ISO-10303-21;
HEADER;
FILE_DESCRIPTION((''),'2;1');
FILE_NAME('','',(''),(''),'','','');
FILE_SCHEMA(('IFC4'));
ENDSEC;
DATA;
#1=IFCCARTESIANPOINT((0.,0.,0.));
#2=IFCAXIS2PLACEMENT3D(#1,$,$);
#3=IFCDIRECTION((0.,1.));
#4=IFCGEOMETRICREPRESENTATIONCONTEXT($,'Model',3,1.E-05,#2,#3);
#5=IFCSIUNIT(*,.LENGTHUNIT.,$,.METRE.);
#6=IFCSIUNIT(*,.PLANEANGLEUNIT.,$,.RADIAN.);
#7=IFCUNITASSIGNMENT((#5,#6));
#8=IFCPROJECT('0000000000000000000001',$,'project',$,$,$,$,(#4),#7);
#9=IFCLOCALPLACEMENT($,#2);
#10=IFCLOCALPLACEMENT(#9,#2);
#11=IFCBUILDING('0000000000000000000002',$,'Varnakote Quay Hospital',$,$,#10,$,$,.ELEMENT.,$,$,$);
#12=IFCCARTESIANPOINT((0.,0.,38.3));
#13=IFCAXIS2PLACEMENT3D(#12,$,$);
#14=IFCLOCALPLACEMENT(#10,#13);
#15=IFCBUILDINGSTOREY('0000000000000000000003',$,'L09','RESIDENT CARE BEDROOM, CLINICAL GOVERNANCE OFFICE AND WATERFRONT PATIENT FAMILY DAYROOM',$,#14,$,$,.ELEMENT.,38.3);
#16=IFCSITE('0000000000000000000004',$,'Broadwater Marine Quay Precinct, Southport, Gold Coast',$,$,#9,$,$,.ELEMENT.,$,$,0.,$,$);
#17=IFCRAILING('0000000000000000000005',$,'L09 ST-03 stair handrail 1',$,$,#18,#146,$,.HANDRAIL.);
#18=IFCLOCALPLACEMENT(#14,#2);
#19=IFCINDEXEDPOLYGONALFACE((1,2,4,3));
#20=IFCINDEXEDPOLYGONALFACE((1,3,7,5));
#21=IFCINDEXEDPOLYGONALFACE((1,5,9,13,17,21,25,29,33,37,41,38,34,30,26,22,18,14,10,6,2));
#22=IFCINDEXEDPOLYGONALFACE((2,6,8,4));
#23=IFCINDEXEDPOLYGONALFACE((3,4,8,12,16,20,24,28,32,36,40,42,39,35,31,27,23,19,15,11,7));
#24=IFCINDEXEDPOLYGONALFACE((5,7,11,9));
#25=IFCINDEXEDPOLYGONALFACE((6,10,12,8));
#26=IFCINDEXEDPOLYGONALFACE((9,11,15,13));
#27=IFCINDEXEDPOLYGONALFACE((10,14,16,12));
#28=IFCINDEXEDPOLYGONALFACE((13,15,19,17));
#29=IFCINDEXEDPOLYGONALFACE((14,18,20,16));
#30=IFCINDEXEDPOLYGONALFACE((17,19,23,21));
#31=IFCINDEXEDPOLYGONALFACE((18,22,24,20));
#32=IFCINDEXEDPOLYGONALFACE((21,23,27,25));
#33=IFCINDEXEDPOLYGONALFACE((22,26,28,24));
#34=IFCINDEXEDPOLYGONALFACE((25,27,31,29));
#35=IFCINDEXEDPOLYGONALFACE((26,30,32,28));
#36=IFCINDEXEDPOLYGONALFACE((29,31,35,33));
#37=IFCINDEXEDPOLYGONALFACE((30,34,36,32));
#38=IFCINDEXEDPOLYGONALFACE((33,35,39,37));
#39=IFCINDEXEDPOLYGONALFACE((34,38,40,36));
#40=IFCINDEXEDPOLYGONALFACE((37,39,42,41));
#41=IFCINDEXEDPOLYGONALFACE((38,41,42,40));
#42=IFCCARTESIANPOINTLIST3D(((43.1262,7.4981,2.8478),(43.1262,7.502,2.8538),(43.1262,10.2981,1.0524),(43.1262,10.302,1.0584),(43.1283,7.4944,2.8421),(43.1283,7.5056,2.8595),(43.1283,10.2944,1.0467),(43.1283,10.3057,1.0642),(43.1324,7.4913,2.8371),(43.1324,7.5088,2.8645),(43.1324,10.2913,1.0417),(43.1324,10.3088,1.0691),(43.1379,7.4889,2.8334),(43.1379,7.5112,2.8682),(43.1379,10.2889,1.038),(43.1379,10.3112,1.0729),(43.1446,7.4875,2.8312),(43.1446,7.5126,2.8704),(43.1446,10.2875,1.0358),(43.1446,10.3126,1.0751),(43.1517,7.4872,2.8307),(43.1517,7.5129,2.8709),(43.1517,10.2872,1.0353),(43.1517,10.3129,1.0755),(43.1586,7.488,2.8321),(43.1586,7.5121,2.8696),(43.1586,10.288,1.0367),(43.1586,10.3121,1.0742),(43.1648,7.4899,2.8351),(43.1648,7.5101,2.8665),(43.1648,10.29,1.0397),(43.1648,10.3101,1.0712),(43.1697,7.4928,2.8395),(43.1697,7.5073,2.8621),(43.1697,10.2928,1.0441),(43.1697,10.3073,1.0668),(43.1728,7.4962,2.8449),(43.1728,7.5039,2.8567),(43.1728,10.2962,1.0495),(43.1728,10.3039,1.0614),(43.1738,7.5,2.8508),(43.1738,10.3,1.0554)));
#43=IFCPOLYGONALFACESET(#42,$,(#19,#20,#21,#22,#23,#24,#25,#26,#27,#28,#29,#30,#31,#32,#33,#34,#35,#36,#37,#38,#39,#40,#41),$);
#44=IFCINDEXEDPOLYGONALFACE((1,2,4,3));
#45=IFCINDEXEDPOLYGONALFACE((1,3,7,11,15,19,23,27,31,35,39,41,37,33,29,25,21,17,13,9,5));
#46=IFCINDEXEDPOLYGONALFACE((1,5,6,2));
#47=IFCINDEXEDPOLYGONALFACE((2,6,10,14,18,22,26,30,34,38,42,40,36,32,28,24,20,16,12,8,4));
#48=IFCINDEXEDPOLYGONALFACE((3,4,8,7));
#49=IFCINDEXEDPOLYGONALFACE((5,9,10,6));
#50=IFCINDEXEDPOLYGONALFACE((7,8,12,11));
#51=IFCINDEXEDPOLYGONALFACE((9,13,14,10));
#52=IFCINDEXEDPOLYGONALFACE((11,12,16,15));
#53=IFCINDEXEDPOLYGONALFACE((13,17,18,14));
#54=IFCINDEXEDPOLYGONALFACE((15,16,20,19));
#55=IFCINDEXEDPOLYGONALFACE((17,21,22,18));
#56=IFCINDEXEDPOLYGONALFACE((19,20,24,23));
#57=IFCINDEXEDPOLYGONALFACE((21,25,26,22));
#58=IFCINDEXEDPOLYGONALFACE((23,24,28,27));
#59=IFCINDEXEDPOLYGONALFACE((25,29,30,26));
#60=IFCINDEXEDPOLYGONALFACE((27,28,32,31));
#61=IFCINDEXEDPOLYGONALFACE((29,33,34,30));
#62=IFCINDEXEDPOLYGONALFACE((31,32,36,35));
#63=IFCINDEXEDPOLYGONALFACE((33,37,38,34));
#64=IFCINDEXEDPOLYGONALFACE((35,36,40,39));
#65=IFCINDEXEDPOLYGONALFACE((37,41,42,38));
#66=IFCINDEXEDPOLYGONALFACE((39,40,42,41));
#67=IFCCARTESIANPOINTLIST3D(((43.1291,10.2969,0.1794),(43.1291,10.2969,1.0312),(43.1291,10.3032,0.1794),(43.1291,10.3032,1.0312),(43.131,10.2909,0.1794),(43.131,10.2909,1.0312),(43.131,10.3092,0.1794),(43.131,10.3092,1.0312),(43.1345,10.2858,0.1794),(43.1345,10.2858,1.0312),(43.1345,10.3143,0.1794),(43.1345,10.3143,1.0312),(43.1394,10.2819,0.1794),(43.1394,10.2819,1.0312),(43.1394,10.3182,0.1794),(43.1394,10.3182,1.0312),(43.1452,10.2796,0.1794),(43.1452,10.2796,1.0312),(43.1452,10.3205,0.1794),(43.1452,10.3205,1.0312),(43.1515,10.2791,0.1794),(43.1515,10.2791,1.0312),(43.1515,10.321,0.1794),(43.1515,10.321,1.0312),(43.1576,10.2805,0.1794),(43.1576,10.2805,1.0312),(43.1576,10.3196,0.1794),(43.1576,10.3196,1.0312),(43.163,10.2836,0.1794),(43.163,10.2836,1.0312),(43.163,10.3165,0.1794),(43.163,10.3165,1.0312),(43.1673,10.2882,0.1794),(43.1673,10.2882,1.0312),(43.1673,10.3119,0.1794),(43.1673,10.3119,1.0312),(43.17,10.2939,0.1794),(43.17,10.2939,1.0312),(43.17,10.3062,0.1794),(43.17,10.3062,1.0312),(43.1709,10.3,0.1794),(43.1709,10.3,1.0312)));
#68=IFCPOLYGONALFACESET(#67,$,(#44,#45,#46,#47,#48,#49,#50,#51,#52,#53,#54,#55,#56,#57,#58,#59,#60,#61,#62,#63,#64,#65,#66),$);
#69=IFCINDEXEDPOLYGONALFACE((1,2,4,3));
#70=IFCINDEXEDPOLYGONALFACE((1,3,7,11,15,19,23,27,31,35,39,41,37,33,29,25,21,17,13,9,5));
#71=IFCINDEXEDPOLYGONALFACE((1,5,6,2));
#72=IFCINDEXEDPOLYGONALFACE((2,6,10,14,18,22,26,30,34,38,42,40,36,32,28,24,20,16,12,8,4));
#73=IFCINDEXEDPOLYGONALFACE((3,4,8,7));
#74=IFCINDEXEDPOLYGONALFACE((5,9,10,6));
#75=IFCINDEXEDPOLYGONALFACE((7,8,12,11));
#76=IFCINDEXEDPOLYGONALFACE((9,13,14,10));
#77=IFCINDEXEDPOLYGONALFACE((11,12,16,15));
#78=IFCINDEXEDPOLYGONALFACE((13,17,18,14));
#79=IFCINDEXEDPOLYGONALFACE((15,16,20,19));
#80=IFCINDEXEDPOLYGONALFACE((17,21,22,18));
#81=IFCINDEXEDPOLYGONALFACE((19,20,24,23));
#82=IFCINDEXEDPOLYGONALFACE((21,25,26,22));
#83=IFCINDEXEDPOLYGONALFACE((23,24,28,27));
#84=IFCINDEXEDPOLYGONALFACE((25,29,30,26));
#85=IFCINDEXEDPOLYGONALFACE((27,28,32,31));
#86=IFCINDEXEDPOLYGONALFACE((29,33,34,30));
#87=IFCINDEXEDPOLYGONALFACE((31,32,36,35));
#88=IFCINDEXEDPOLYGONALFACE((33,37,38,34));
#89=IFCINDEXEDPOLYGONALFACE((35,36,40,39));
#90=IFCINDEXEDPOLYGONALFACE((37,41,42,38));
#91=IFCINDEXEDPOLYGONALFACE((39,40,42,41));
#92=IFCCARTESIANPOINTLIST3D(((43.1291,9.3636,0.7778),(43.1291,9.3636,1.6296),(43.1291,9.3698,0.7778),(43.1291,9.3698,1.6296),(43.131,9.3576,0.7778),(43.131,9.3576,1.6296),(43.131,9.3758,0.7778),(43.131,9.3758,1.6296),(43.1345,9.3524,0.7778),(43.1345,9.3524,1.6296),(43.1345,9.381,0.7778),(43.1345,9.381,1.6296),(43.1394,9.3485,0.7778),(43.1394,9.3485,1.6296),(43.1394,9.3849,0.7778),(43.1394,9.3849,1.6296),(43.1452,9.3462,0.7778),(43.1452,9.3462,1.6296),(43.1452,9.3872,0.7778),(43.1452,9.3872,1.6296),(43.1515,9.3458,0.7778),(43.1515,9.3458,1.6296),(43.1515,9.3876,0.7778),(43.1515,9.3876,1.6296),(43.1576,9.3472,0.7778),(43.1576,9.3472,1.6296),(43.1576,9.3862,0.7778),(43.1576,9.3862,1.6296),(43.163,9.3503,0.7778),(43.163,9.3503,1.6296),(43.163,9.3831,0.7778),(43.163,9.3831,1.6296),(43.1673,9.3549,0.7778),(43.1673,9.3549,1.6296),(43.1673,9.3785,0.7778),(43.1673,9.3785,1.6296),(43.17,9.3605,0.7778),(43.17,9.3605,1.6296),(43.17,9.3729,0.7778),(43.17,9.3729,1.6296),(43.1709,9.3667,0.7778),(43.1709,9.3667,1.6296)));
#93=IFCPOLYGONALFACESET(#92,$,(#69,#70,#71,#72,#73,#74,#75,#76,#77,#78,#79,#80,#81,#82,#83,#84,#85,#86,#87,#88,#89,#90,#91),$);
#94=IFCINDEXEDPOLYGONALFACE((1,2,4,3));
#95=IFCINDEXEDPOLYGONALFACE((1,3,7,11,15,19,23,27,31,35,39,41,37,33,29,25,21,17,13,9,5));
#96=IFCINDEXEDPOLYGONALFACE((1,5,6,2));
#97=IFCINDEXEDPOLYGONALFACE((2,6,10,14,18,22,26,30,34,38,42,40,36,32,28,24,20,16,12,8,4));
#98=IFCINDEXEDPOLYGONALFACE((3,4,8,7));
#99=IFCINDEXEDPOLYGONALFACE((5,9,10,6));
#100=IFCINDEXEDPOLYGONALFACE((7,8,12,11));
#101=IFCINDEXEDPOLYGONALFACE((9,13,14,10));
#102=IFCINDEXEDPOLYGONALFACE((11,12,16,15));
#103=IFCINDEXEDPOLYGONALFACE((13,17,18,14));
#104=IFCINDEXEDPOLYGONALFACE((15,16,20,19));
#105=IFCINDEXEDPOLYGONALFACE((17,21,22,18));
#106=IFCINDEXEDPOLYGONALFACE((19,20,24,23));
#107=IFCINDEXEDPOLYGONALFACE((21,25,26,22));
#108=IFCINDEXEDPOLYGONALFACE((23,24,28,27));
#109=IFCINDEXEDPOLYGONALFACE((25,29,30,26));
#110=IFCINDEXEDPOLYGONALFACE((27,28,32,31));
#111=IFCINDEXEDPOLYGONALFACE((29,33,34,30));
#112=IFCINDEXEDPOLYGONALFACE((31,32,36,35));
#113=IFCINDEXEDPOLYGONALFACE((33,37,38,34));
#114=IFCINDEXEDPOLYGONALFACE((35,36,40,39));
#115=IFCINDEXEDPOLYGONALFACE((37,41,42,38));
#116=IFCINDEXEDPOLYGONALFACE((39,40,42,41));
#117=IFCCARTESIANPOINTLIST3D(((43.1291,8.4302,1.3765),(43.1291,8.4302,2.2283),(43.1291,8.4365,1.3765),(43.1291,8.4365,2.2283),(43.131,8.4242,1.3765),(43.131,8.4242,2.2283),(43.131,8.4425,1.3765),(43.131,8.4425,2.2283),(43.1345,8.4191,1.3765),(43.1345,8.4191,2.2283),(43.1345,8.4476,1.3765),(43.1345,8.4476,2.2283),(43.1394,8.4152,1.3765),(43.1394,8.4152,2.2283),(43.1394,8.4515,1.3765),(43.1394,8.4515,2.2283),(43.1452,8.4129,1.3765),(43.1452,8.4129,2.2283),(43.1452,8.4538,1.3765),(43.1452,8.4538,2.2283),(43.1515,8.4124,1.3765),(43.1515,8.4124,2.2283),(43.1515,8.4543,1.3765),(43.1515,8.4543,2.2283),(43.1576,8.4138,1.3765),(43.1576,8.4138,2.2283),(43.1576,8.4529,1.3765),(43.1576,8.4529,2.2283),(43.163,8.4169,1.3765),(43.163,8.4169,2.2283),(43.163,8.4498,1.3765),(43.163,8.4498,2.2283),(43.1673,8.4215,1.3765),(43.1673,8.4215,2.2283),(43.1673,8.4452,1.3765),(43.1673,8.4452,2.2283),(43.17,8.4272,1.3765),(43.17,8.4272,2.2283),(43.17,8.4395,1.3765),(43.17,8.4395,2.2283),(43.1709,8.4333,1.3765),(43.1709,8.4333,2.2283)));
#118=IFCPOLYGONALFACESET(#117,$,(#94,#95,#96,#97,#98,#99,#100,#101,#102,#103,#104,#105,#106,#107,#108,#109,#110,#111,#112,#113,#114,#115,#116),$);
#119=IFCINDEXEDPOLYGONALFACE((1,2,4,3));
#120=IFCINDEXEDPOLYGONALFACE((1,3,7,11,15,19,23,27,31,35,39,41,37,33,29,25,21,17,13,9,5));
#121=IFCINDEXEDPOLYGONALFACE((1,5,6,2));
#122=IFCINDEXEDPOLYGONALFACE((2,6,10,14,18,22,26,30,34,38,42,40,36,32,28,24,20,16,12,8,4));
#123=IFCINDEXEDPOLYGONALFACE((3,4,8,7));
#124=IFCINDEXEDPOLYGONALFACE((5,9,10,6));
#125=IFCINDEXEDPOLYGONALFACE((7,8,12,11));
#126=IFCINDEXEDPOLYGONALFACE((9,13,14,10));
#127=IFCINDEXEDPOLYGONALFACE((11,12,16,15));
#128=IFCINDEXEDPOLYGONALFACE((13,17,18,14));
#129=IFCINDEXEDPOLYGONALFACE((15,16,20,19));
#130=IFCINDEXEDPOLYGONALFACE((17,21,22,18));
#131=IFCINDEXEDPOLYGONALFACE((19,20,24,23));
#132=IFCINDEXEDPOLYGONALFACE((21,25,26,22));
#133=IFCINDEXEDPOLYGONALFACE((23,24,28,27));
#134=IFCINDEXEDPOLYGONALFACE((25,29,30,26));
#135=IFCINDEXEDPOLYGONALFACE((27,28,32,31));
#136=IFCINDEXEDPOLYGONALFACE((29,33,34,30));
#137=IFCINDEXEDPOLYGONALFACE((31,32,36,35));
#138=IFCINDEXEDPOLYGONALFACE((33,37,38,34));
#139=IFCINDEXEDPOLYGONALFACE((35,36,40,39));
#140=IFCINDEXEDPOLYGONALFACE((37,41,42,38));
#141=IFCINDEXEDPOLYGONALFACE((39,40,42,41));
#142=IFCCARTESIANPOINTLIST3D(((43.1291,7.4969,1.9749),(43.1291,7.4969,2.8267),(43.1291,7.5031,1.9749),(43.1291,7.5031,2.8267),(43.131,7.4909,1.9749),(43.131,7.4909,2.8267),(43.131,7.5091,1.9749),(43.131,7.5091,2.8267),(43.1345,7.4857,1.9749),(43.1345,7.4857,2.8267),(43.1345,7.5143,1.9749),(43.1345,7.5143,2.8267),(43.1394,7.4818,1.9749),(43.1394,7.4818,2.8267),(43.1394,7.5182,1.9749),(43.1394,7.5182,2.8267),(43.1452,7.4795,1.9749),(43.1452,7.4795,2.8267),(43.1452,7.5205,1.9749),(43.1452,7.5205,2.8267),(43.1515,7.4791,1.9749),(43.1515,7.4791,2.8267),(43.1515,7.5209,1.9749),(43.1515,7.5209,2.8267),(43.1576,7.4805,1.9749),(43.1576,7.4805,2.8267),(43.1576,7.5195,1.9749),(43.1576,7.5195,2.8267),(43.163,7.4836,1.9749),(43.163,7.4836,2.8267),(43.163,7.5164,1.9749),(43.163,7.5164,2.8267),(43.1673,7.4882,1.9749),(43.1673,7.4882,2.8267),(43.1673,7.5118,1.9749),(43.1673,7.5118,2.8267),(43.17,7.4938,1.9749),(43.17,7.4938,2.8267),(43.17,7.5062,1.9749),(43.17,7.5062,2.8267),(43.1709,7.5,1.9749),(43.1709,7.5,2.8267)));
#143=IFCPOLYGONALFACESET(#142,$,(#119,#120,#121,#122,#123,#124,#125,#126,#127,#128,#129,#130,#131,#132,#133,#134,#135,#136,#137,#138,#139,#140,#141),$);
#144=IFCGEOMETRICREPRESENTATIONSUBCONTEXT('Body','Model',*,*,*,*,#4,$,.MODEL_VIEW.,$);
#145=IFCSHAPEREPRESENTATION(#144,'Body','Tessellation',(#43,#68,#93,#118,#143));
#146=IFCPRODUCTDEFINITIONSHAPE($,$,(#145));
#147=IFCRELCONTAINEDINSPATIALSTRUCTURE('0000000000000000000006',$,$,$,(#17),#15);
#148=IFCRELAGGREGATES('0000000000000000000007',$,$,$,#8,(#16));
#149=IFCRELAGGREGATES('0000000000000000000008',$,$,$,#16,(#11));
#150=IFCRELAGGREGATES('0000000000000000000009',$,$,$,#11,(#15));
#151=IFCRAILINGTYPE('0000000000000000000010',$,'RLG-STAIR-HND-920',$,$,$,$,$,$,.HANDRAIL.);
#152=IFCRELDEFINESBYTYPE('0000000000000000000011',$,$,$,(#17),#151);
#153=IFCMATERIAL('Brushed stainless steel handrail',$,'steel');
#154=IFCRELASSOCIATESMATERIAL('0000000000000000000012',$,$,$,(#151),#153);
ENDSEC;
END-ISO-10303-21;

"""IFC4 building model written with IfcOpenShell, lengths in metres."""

from ifc_helpers import new_model, si_unit, direction, frame, origin, origin_2d, place, context, subcontext, project, spatial, circle, extrude, material, type_object, element, save


model = new_model("IFC4")

# Units and contexts
model_context = context("Model", 3, precision=1e-05, world=origin(), true_north=direction((0.0, 1.0)))
body_context = subcontext(model_context, "Body", "Model", "MODEL_VIEW")
ifc_project = project(units=[si_unit("LENGTHUNIT", "METRE"), si_unit("PLANEANGLEUNIT", "RADIAN")], contexts=[model_context])

# Site, building, storey
site_placement = place(None, origin())
site = spatial("IfcSite", under=ifc_project, at=site_placement, Name="Broadwater Marine Quay Precinct, Southport, Gold Coast", CompositionType="ELEMENT", RefElevation=0.0)
building_placement = place(site_placement, origin())
building = spatial("IfcBuilding", under=site, at=building_placement, Name="Varnakote Quay Hospital", CompositionType="ELEMENT")
storey_placement = place(building_placement, frame((0.0, 0.0, 38.3)))
storey = spatial("IfcBuildingStorey", under=building, at=storey_placement, Name="L09", Description="RESIDENT CARE BEDROOM, CLINICAL GOVERNANCE OFFICE AND WATERFRONT PATIENT FAMILY DAYROOM", CompositionType="ELEMENT", Elevation=38.3)

# Railing
ifc_material_1 = material(Name="Brushed stainless steel handrail", Category="steel")
railing_type_1 = type_object("IfcRailingType", Name="RLG-STAIR-HND-920", PredefinedType="HANDRAIL", material=ifc_material_1)
railing_1_placement = place(storey_placement, frame((43.1499, 10.3, 0.1794)))
element("IfcRailing", 1, at=railing_1_placement, inside=storey, type_object=railing_type_1, Name="L09 ST-03 stair handrail 1", PredefinedType="HANDRAIL", context=body_context, shape_type="SweptSolid", body=[
    extrude(circle(Radius=0.0239, at=origin_2d()), frame((0.0, 0.0, 0.876), z_axis=(0.0, -0.84181, 0.539774), x_axis=(1.0, 0.0, 0.0)), (0.0, 0.0, 1.0), 3.3262),
    extrude(circle(Radius=0.021, at=origin_2d()), origin(), (0.0, 0.0, 1.0), 0.8518),
    extrude(circle(Radius=0.021, at=origin_2d()), frame((0.0, -0.9333, 0.5984)), (0.0, 0.0, 1.0), 0.8518),
    extrude(circle(Radius=0.021, at=origin_2d()), frame((0.0, -1.8667, 1.197)), (0.0, 0.0, 1.0), 0.8518),
    extrude(circle(Radius=0.021, at=origin_2d()), frame((0.0, -2.8, 1.7954)), (0.0, 0.0, 1.0), 0.8518),
])

save(model, "model.ifc")
